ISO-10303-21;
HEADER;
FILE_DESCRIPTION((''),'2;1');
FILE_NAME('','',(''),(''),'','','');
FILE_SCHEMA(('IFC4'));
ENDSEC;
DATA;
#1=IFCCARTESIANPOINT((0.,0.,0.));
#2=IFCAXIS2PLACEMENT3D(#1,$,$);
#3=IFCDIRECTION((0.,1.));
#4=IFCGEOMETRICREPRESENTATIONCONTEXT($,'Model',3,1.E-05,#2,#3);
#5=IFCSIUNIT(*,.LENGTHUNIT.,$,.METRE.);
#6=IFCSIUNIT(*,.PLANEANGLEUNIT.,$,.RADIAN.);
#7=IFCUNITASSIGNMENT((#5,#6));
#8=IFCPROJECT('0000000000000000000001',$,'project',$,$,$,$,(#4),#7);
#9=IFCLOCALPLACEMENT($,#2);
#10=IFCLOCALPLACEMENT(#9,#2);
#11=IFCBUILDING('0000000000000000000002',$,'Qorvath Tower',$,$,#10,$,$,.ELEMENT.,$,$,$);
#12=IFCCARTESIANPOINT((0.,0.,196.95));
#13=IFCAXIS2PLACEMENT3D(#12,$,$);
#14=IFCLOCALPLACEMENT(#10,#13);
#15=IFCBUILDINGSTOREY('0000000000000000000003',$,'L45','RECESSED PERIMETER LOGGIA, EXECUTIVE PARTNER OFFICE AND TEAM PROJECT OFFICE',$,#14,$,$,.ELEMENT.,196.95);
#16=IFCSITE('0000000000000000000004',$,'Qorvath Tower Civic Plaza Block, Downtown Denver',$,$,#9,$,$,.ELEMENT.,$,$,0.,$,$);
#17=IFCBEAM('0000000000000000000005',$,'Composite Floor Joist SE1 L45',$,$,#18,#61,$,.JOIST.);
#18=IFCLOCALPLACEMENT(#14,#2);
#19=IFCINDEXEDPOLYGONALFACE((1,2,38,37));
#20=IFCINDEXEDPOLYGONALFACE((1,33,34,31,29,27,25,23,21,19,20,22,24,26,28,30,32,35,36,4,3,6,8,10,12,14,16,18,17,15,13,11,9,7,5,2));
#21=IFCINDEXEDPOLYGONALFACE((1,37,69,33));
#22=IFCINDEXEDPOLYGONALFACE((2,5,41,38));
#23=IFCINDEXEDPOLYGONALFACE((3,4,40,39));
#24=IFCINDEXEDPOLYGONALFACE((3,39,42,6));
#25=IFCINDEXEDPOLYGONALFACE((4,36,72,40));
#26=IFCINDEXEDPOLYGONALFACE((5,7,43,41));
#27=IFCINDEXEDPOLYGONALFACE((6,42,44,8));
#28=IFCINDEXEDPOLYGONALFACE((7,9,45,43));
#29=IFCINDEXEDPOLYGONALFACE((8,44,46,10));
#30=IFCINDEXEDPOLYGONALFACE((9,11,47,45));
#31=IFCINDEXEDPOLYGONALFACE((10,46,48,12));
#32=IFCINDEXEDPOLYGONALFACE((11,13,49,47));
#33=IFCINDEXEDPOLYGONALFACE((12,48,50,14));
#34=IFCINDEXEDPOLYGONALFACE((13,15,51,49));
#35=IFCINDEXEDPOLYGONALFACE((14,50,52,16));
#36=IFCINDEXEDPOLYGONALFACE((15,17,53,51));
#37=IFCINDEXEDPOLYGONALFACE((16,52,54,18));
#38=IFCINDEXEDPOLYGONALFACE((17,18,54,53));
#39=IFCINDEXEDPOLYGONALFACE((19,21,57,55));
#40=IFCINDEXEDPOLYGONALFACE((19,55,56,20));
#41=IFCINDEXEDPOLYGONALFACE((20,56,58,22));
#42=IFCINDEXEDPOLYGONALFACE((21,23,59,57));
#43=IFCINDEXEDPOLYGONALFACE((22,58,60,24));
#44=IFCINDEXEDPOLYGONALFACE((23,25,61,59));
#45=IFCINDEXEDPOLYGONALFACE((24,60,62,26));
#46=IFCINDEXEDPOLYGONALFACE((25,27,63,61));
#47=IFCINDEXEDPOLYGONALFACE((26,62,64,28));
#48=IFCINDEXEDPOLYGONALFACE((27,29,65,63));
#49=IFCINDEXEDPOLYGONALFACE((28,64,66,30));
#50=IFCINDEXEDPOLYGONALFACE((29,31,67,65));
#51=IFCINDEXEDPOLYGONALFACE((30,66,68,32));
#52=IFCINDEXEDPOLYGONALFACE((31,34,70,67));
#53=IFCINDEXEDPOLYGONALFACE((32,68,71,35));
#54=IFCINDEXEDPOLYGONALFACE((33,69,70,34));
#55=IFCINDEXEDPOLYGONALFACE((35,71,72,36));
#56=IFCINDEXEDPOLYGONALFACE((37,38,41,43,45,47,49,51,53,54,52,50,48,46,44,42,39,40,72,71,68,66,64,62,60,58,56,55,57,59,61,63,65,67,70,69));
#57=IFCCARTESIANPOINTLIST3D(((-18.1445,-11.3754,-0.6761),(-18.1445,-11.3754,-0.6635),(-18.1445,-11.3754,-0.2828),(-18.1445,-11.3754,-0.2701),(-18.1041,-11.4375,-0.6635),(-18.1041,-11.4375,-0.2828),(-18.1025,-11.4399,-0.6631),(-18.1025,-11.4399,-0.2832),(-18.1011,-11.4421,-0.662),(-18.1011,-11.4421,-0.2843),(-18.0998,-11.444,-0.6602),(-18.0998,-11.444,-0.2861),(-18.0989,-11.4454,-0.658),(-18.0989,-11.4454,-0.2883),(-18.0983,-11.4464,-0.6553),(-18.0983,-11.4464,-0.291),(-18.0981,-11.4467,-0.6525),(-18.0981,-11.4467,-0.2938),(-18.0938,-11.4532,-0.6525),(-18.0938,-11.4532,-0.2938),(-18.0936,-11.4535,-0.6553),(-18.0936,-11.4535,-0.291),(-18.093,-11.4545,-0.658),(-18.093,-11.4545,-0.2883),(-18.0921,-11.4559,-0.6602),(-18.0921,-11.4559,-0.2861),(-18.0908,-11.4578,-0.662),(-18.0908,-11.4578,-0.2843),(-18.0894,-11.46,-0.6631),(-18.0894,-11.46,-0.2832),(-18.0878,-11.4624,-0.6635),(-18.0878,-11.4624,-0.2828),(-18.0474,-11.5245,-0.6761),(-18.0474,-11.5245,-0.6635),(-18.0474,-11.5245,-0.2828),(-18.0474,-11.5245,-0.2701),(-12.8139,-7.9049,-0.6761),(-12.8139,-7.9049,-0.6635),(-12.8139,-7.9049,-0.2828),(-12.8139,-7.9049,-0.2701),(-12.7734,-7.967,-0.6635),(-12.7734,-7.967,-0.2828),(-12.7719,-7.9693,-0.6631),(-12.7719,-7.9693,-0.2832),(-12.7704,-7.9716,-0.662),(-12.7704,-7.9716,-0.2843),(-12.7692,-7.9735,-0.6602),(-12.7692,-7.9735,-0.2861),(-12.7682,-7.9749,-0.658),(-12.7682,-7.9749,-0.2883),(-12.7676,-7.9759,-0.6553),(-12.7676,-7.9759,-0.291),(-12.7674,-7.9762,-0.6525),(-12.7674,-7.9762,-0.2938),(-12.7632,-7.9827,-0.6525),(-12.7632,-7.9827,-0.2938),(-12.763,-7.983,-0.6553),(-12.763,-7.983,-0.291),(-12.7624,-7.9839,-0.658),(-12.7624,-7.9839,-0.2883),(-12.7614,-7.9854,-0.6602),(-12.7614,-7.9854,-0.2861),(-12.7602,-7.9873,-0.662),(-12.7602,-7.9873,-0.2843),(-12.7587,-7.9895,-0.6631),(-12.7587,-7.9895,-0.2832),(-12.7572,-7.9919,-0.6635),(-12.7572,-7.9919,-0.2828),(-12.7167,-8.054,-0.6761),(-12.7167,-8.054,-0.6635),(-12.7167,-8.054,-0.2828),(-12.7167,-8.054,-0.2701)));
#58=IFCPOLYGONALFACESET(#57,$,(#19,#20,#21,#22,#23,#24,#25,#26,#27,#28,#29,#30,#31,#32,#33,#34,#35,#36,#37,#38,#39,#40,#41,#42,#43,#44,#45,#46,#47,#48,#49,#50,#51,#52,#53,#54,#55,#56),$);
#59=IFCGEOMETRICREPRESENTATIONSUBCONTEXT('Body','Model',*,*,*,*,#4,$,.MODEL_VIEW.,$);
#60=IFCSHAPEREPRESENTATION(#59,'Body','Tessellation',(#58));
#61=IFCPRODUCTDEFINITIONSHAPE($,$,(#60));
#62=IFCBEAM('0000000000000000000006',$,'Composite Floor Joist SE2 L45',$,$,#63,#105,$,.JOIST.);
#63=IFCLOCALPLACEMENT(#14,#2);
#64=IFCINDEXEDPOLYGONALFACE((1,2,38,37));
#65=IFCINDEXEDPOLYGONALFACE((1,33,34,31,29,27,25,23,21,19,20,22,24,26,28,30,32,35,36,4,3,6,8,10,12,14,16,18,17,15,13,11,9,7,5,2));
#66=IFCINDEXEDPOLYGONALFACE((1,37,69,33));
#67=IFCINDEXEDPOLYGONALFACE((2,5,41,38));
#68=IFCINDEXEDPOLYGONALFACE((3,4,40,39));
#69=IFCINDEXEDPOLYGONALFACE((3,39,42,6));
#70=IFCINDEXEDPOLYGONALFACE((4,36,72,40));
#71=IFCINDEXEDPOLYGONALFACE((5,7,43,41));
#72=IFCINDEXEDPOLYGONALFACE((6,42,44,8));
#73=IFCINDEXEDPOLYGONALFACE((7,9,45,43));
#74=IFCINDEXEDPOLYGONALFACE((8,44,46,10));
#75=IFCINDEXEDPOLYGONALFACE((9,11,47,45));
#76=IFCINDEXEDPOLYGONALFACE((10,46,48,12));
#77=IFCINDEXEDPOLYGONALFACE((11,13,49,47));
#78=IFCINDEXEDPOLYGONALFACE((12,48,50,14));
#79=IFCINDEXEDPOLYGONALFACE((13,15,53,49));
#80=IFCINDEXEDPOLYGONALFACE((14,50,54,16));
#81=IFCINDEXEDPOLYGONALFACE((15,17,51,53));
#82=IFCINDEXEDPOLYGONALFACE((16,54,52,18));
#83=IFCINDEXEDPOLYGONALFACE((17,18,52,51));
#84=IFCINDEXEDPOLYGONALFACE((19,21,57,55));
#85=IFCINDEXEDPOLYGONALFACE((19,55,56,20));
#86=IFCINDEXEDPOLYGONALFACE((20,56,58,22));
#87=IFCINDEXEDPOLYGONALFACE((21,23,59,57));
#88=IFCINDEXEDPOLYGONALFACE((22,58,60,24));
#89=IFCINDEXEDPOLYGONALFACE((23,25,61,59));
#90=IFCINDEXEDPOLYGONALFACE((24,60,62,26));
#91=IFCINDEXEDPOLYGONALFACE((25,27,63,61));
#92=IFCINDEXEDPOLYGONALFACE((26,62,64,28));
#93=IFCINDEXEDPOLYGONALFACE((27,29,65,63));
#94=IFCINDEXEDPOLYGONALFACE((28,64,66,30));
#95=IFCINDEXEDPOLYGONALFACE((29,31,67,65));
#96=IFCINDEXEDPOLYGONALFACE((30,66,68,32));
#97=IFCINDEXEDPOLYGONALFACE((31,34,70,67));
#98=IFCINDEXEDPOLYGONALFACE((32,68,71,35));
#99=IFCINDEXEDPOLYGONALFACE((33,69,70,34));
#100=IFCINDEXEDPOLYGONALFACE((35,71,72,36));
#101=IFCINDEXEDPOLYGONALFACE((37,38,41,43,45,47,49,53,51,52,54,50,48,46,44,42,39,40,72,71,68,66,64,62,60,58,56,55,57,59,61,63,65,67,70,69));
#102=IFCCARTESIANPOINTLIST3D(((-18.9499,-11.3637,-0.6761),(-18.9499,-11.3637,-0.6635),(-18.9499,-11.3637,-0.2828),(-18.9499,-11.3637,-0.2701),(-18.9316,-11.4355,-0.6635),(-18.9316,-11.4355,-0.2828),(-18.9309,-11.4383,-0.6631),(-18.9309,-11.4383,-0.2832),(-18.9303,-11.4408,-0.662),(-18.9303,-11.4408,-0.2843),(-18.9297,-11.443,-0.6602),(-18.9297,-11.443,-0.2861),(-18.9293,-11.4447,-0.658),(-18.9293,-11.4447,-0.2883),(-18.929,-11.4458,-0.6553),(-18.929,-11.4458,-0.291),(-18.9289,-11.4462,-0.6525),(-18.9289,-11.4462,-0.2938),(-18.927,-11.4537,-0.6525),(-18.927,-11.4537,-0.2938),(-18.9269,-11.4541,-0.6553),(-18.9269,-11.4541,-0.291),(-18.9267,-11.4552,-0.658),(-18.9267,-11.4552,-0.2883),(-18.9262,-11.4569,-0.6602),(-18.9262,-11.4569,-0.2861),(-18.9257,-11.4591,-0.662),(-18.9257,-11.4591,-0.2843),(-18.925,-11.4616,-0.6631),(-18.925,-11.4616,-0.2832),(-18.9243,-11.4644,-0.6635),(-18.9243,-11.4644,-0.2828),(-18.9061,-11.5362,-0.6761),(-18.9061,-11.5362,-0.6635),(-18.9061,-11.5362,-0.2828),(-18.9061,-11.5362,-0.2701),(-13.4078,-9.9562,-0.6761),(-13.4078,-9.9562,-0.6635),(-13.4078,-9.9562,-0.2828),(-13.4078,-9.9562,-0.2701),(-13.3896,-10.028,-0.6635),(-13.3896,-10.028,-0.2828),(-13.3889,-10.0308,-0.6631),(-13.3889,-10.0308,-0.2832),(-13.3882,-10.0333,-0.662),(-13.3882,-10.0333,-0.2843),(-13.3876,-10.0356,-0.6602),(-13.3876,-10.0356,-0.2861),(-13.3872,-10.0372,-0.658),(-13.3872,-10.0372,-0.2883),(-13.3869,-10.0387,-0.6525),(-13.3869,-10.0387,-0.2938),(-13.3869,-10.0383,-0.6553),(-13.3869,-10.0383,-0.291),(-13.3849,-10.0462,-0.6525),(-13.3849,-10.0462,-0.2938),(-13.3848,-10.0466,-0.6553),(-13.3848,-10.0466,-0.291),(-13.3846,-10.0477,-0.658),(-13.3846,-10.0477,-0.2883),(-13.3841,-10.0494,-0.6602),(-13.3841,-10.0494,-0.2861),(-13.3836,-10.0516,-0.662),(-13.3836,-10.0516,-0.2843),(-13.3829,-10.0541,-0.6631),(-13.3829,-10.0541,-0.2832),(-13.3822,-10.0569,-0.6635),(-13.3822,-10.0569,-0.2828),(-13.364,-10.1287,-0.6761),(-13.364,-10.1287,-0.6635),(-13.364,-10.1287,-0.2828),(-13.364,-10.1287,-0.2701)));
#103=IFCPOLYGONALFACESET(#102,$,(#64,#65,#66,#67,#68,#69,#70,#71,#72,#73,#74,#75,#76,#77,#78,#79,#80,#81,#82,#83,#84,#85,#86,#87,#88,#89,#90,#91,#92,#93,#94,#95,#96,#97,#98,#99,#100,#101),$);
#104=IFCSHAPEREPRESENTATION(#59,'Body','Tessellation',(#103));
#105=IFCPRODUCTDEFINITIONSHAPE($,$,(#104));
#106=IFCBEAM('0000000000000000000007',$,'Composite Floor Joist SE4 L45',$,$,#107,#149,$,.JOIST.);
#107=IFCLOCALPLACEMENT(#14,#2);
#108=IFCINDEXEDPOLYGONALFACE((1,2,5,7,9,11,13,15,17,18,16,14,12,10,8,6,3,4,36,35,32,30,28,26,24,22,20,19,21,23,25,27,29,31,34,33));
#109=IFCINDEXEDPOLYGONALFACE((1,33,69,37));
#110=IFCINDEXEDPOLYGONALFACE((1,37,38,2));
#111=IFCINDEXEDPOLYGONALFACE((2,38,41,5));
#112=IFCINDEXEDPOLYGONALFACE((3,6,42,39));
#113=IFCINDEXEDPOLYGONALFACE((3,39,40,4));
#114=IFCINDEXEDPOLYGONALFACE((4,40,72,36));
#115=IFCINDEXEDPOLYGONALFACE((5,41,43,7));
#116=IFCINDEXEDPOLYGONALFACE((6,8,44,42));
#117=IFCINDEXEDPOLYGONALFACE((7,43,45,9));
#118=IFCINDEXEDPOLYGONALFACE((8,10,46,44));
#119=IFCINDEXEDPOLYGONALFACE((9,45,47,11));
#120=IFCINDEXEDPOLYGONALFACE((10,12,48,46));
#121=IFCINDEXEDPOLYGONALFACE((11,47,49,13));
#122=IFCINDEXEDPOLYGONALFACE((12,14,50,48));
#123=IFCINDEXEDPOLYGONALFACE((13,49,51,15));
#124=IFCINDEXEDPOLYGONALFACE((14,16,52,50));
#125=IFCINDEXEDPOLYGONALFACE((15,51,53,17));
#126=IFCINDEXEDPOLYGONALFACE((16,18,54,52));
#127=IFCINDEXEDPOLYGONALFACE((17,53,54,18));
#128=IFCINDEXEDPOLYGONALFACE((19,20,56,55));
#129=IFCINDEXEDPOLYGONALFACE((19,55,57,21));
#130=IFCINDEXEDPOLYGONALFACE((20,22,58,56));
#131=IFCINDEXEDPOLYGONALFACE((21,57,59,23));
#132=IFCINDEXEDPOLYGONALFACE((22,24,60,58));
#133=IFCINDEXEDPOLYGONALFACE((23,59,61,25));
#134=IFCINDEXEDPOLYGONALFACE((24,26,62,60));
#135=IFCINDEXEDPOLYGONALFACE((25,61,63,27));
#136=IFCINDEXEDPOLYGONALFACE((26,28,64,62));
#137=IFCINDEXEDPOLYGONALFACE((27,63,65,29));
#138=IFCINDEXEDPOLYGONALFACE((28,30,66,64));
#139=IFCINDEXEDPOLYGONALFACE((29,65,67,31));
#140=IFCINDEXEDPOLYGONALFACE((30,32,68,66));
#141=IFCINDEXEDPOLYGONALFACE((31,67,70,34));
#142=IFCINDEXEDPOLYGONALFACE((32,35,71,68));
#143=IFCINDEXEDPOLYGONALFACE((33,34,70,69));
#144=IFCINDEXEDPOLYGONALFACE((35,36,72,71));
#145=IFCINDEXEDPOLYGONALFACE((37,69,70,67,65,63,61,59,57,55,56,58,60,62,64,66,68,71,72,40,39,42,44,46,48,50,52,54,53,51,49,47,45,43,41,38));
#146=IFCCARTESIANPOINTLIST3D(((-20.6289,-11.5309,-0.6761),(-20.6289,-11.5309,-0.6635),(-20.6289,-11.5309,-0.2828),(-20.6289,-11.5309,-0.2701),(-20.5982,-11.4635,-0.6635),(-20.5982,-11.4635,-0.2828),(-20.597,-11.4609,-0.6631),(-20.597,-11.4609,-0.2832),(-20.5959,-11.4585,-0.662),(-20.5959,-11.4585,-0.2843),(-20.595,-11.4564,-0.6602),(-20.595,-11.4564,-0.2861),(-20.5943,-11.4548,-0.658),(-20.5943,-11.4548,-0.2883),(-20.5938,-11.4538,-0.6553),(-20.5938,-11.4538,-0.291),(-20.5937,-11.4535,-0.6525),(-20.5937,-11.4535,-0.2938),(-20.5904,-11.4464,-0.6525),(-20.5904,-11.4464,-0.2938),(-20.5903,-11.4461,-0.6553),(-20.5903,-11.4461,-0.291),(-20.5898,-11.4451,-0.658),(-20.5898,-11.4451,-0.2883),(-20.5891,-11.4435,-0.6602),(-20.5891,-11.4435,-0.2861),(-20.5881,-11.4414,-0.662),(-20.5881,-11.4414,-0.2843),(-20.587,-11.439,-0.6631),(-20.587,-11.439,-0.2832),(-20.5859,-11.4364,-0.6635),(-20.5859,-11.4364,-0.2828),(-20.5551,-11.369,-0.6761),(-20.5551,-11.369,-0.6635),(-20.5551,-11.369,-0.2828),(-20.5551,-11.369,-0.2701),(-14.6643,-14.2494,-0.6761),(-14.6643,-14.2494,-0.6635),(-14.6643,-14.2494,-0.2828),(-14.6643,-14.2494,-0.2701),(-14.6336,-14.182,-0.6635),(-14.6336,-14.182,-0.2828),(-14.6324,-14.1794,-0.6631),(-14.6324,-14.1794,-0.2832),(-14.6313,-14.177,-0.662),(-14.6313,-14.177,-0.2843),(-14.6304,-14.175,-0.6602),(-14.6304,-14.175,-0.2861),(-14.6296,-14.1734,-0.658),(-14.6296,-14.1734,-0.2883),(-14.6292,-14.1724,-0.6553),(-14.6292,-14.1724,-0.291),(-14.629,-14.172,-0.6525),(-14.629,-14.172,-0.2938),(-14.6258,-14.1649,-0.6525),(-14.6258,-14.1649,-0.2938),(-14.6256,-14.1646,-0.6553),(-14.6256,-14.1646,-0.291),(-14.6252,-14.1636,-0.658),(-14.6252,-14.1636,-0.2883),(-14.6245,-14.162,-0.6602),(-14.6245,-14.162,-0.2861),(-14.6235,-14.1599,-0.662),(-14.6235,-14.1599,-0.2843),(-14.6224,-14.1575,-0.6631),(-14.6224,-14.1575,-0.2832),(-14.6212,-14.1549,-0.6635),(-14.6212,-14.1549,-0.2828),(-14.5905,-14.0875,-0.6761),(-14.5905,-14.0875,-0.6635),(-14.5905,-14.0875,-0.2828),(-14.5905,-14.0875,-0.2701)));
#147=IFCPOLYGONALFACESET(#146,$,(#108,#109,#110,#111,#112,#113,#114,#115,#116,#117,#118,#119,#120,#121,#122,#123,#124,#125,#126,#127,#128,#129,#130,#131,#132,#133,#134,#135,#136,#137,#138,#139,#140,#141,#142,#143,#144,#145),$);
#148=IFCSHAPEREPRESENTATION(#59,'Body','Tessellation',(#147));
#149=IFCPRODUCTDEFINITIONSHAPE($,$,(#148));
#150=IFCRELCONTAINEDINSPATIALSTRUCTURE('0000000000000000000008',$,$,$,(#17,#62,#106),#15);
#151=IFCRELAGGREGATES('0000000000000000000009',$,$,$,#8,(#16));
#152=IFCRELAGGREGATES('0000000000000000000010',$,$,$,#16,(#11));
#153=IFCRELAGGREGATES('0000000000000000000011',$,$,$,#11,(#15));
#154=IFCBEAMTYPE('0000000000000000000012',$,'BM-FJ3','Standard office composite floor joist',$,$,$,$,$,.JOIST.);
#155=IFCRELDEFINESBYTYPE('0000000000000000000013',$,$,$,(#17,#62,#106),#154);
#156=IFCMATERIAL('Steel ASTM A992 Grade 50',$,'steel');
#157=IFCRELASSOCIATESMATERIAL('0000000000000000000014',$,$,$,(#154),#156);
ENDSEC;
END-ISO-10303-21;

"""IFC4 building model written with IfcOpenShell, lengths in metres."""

from ifc_helpers import new_model, si_unit, direction, frame, origin, origin_2d, place, context, subcontext, project, spatial, i_section, extrude, material, material_profile, profile_set, type_object, element, save


model = new_model("IFC4")

# Units and contexts
model_context = context("Model", 3, precision=1e-05, world=origin(), true_north=direction((0.0, 1.0)))
body_context = subcontext(model_context, "Body", "Model", "MODEL_VIEW")
ifc_project = project(units=[si_unit("LENGTHUNIT", "METRE"), si_unit("PLANEANGLEUNIT", "RADIAN")], contexts=[model_context])

# Site, building, storey
site_placement = place(None, origin())
site = spatial("IfcSite", under=ifc_project, at=site_placement, Name="Qorvath Tower Civic Plaza Block, Downtown Denver", CompositionType="ELEMENT", RefElevation=0.0)
building_placement = place(site_placement, origin())
building = spatial("IfcBuilding", under=site, at=building_placement, Name="Qorvath Tower", CompositionType="ELEMENT")
storey_placement = place(building_placement, frame((0.0, 0.0, 196.95)))
storey = spatial("IfcBuildingStorey", under=building, at=storey_placement, Name="L45", Description="RECESSED PERIMETER LOGGIA, EXECUTIVE PARTNER OFFICE AND TEAM PROJECT OFFICE", CompositionType="ELEMENT", Elevation=196.95)

# Beams
ifc_material_1 = material(Name="Steel ASTM A992 Grade 50", Category="steel")
ifc_material_profile_1 = material_profile(ifc_material_1, i_section(OverallWidth=0.178, OverallDepth=0.406, WebThickness=0.0078, FlangeThickness=0.0127, FilletRadius=0.011, at=origin_2d()), Name="W16x40")
ifc_profile_set_1 = profile_set([ifc_material_profile_1], Name="Steel ASTM A992 Grade 50")
beam_type_1 = type_object("IfcBeamType", Name="BM-FJ3", Description="Standard office composite floor joist", PredefinedType="JOIST", material=ifc_profile_set_1)
beam_1_placement = place(storey_placement, frame((-18.0959, -11.45, -0.4731), z_axis=(0.838042, 0.545606, 0.0), x_axis=(-0.545606, 0.838042, 0.0)))
element("IfcBeam", 1, at=beam_1_placement, inside=storey, type_object=beam_type_1, Name="Composite Floor Joist SE1 L45", PredefinedType="JOIST", context=body_context, shape_type="SweptSolid", body=[
    extrude(i_section(OverallWidth=0.178, OverallDepth=0.406, WebThickness=0.0078, FlangeThickness=0.0127, FilletRadius=0.011, at=origin_2d()), origin(), (0.0, 0.0, 1.0), 6.3608),
])
beam_2_placement = place(storey_placement, frame((-18.928, -11.45, -0.4731), z_axis=(0.969232, 0.246151, 0.0), x_axis=(-0.246151, 0.969232, 0.0)))
element("IfcBeam", 2, at=beam_2_placement, inside=storey, type_object=beam_type_1, Name="Composite Floor Joist SE2 L45", PredefinedType="JOIST", context=body_context, shape_type="SweptSolid", body=[
    extrude(i_section(OverallWidth=0.178, OverallDepth=0.406, WebThickness=0.0078, FlangeThickness=0.0127, FilletRadius=0.011, at=origin_2d()), origin(), (0.0, 0.0, 1.0), 5.718),
])
beam_3_placement = place(storey_placement, frame((-20.592, -11.45, -0.4731), z_axis=(0.909945, -0.414729, 0.0), x_axis=(0.414729, 0.909945, 0.0)))
element("IfcBeam", 3, at=beam_3_placement, inside=storey, type_object=beam_type_1, Name="Composite Floor Joist SE4 L45", PredefinedType="JOIST", context=body_context, shape_type="SweptSolid", body=[
    extrude(i_section(OverallWidth=0.178, OverallDepth=0.406, WebThickness=0.0078, FlangeThickness=0.0127, FilletRadius=0.011, at=origin_2d()), origin(), (0.0, 0.0, 1.0), 6.5549),
])

save(model, "model.ifc")
